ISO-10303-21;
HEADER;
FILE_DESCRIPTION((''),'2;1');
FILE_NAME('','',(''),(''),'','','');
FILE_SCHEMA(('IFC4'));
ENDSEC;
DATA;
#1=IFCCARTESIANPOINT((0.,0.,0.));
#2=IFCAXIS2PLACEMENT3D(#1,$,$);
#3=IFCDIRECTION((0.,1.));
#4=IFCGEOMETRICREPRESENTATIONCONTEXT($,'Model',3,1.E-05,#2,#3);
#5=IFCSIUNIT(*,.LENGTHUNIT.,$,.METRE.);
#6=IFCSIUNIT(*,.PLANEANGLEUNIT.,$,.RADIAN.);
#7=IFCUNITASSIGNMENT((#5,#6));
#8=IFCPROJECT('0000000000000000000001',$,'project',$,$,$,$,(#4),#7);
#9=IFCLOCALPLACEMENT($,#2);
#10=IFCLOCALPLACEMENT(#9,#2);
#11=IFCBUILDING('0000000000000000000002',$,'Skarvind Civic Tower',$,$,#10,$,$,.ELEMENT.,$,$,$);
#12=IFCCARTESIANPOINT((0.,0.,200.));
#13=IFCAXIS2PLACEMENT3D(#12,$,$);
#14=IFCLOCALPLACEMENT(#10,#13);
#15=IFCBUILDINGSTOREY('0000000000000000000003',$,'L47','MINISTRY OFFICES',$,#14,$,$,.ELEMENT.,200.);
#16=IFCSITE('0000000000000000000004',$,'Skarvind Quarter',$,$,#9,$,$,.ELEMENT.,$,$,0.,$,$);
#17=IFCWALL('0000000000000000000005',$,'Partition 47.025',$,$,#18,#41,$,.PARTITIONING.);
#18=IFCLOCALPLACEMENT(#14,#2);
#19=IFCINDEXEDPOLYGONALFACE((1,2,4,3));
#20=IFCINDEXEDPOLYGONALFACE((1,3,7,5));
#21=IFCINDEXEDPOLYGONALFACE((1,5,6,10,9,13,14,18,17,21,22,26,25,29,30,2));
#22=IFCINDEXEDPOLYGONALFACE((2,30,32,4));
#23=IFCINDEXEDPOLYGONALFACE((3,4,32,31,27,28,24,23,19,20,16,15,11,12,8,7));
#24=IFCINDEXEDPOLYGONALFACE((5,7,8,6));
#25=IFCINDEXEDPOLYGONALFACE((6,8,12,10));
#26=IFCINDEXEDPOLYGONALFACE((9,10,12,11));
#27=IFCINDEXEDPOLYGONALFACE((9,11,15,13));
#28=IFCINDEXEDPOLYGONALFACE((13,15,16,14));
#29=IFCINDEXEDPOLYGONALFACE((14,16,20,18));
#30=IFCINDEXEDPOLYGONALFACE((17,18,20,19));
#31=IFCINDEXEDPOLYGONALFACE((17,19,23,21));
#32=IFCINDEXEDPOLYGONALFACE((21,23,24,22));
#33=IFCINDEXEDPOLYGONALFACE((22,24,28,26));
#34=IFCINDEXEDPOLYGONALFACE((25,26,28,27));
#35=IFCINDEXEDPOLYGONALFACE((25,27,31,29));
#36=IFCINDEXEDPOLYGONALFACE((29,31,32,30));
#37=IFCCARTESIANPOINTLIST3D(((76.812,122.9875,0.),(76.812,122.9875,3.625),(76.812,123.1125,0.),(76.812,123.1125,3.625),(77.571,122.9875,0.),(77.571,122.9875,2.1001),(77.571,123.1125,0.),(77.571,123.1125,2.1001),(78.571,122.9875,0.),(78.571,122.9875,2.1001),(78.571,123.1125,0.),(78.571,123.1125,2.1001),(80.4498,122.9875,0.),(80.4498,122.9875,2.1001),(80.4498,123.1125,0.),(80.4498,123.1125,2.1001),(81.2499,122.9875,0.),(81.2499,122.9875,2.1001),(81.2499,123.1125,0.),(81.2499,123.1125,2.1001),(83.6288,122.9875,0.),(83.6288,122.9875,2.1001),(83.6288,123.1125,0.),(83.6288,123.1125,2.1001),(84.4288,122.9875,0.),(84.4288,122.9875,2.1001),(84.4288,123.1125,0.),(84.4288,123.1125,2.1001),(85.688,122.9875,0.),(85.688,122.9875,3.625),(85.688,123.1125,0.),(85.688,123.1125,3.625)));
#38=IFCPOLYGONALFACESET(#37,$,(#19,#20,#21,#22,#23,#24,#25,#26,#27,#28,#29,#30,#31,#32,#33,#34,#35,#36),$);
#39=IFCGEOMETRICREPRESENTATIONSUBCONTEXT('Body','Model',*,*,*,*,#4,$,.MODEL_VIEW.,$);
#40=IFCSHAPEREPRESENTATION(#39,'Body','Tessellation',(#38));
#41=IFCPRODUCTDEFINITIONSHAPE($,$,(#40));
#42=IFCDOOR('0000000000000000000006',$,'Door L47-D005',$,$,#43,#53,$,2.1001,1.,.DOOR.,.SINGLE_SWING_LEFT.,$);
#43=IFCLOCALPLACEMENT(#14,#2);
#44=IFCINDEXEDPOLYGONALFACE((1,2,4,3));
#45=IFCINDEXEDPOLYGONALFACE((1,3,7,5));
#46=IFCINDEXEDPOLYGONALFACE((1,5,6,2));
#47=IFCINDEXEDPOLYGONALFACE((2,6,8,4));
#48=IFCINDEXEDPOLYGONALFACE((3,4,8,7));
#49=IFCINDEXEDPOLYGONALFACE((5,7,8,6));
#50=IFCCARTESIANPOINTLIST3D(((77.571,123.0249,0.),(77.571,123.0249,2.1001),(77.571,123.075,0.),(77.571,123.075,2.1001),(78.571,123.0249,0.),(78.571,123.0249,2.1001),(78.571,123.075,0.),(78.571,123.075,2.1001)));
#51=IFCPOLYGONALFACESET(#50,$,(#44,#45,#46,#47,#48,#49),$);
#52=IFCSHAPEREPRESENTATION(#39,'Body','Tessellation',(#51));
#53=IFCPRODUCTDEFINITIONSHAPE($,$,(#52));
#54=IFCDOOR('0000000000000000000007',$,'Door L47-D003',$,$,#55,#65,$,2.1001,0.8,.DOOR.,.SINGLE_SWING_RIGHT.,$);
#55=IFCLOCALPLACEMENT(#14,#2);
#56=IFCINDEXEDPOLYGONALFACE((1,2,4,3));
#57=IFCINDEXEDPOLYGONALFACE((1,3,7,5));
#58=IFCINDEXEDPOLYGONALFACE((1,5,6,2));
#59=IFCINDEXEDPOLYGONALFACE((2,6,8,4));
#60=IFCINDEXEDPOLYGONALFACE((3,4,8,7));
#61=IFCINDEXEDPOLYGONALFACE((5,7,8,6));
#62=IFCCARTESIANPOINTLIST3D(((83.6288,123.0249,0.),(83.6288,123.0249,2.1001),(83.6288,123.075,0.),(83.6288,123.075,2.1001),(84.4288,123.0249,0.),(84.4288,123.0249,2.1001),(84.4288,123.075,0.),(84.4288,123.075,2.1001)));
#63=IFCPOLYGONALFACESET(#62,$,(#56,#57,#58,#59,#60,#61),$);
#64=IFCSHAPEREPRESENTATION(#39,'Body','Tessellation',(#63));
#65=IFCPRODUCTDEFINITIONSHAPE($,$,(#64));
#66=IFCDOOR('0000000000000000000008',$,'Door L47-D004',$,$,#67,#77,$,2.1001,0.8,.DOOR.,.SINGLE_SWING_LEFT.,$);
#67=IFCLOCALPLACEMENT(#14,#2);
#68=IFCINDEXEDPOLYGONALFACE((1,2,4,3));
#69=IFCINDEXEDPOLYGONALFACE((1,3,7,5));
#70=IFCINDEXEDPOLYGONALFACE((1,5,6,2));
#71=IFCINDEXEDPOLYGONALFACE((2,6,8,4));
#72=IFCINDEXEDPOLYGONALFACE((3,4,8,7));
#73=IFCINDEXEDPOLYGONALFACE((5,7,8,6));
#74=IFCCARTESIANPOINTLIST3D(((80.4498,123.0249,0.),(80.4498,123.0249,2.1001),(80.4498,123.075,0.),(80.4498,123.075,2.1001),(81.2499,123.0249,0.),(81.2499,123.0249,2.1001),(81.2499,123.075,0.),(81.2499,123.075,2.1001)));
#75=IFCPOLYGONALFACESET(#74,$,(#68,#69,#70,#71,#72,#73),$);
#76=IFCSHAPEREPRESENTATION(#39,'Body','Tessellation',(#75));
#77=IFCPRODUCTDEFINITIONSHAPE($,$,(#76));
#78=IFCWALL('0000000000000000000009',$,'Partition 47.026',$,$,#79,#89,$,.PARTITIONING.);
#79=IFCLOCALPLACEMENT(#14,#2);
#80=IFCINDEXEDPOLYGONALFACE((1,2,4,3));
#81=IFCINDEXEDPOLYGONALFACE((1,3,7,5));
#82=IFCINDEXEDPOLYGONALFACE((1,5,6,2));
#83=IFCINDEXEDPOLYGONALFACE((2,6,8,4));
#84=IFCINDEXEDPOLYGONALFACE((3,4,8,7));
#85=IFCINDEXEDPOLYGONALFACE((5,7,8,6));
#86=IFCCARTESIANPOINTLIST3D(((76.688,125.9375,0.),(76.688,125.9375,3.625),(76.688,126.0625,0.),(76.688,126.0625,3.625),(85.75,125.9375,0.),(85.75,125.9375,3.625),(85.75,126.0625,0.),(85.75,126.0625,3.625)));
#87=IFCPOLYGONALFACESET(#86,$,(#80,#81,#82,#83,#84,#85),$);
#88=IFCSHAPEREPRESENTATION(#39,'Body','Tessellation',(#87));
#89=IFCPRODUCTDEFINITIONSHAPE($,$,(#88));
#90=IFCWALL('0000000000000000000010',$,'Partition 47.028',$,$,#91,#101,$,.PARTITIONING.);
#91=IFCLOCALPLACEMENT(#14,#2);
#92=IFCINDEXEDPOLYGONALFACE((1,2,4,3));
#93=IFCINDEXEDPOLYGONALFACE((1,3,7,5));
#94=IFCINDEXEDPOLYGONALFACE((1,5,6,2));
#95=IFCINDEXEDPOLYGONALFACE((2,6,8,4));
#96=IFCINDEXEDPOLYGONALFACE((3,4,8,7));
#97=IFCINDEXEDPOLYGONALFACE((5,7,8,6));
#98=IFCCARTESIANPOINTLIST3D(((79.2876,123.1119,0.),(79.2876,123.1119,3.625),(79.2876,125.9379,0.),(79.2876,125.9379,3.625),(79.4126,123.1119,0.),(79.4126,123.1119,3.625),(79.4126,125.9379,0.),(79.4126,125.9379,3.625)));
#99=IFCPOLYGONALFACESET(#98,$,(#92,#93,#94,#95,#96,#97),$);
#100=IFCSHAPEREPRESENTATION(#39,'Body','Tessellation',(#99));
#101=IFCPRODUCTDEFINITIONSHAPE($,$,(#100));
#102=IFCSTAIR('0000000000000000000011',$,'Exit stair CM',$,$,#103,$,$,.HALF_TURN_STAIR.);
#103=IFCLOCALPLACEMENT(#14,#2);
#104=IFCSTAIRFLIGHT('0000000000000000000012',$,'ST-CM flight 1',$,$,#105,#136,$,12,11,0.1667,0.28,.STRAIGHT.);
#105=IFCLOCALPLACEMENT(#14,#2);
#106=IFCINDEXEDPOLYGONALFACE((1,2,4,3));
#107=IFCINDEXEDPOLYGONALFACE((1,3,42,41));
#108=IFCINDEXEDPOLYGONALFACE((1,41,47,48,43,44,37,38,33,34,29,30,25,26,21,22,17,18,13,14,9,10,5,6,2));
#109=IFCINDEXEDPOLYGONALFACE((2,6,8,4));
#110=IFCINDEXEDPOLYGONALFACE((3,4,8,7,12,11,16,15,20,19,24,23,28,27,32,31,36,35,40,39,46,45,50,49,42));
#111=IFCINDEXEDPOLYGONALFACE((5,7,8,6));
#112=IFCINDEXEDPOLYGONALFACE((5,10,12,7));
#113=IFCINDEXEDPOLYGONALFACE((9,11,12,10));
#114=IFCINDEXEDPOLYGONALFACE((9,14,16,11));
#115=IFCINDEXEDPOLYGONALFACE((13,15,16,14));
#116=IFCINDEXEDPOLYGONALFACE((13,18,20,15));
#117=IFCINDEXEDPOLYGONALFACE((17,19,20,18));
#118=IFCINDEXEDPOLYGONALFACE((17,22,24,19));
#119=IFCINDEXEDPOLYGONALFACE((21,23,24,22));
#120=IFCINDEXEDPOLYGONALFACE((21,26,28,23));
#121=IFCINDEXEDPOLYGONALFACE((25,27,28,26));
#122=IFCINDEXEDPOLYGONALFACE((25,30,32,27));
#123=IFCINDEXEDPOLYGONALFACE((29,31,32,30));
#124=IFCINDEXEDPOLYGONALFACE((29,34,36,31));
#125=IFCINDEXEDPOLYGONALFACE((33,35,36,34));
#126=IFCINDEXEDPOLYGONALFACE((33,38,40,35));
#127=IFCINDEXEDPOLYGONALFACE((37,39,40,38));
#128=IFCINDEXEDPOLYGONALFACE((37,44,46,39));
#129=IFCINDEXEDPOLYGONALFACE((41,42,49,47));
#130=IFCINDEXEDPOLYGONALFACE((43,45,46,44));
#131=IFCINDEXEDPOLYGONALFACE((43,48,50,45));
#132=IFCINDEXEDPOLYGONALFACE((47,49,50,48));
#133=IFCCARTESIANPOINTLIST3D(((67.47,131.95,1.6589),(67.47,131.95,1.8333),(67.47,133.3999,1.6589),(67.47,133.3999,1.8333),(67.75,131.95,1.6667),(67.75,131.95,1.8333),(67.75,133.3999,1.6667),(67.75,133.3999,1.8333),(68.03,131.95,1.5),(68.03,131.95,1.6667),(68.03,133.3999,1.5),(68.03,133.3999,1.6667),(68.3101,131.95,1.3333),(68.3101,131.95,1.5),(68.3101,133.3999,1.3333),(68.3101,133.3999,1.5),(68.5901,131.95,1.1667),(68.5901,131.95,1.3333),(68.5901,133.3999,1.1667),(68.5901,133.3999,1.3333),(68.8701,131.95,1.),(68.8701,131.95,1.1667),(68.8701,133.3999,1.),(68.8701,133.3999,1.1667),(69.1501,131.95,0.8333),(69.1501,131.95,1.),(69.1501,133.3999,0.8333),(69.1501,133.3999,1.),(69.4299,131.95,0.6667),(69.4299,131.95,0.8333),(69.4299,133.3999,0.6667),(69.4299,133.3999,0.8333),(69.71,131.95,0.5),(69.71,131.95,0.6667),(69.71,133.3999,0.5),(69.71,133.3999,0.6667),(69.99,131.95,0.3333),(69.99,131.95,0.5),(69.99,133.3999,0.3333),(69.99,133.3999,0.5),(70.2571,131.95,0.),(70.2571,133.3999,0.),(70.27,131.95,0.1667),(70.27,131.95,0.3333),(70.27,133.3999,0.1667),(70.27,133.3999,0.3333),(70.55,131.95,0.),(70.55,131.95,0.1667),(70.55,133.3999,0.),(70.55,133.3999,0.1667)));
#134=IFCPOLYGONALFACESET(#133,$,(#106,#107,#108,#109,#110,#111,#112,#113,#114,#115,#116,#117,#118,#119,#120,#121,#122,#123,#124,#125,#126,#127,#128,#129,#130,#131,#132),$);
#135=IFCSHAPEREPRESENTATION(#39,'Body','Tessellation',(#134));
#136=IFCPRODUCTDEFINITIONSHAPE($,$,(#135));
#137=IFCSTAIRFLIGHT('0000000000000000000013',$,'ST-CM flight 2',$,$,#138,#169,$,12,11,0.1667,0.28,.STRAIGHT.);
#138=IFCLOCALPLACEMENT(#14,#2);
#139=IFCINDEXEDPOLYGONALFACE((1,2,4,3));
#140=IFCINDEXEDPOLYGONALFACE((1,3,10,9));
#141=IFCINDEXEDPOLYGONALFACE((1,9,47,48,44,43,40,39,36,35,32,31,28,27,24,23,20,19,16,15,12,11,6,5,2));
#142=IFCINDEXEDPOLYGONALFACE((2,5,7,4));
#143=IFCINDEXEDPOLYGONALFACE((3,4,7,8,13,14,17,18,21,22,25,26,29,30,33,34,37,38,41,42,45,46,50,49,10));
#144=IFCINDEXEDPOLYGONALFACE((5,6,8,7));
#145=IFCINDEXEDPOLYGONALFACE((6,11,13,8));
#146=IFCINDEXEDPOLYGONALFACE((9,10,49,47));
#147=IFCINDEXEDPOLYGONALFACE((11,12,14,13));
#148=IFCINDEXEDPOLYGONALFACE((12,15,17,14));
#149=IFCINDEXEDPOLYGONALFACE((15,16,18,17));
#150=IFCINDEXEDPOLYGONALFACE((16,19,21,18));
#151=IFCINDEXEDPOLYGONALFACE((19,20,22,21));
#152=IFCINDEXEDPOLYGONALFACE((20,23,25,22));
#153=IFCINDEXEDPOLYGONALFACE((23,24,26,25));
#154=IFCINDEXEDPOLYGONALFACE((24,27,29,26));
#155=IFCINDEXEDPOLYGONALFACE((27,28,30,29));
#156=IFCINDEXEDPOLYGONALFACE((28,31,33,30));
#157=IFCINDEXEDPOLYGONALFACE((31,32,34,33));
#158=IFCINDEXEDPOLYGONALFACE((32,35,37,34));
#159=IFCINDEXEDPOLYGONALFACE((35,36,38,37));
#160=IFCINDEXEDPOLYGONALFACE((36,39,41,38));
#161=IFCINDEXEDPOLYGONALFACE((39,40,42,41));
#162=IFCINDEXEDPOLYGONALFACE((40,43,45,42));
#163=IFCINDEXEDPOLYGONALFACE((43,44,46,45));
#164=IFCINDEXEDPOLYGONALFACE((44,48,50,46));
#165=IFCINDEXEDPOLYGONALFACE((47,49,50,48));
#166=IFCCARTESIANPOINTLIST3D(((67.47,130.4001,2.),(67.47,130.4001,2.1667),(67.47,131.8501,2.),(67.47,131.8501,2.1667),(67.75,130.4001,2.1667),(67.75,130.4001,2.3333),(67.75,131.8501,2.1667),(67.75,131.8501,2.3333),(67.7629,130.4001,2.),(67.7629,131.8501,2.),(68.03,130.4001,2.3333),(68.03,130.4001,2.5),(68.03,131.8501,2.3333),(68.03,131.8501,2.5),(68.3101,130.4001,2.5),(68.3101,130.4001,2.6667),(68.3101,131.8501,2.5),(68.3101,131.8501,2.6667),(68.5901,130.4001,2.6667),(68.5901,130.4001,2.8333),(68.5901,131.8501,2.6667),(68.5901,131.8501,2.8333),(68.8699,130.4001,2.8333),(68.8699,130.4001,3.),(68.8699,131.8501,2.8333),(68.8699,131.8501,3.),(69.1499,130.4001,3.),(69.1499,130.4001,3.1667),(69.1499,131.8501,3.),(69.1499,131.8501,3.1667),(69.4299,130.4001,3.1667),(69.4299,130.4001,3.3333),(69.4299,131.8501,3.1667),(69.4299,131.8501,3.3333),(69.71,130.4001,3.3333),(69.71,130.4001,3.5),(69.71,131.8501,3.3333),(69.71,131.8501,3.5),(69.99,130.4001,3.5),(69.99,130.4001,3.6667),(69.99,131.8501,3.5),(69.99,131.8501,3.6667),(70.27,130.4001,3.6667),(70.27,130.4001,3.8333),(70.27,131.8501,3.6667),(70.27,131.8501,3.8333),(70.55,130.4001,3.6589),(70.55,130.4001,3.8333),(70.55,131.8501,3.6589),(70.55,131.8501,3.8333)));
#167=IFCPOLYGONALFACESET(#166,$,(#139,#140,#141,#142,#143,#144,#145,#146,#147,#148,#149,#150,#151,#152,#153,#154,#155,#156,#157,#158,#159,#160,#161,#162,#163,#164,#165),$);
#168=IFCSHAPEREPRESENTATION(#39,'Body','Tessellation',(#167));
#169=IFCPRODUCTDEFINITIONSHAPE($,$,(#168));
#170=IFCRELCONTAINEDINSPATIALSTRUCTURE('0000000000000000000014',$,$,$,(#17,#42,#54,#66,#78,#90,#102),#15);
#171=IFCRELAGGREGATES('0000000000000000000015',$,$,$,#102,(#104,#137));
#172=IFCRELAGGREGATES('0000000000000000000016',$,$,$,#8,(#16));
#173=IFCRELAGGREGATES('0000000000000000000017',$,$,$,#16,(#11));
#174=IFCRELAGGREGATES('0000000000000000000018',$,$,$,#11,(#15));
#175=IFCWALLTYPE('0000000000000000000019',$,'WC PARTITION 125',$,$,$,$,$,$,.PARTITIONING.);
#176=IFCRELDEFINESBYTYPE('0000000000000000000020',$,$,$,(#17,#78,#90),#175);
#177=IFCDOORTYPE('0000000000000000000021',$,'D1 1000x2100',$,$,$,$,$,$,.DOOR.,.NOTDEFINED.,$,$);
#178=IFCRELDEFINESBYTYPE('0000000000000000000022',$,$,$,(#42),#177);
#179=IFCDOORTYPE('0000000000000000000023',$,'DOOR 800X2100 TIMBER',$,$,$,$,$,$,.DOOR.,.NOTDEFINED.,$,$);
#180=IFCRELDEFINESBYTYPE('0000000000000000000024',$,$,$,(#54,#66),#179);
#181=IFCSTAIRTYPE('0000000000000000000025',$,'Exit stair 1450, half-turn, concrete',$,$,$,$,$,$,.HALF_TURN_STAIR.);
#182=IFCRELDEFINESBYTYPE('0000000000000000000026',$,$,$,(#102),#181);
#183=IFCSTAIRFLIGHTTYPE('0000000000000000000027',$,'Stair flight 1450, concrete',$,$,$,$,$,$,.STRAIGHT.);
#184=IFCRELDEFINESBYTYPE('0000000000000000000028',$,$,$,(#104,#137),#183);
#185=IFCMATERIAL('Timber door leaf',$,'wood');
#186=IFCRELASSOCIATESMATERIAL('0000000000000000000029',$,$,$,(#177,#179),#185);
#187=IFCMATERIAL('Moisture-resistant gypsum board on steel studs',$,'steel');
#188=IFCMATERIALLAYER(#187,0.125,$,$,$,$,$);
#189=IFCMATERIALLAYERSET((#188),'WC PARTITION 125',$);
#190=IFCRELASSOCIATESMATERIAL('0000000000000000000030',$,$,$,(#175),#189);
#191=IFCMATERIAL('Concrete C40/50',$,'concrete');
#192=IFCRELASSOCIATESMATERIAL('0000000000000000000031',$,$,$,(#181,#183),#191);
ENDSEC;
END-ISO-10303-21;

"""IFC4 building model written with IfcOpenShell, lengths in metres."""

from ifc_helpers import new_model, si_unit, direction, frame, frame_2d, origin, place, context, subcontext, project, spatial, polyline, rectangle, outline, extrude, material, layer, layer_set, type_object, element, fill, aggregate, save


model = new_model("IFC4")

# Units and contexts
model_context = context("Model", 3, precision=1e-05, world=origin(), true_north=direction((0.0, 1.0)))
body_context = subcontext(model_context, "Body", "Model", "MODEL_VIEW")
ifc_project = project(units=[si_unit("LENGTHUNIT", "METRE"), si_unit("PLANEANGLEUNIT", "RADIAN")], contexts=[model_context])

# Site, building, storey
site_placement = place(None, origin())
site = spatial("IfcSite", under=ifc_project, at=site_placement, Name="Skarvind Quarter", CompositionType="ELEMENT", RefElevation=0.0)
building_placement = place(site_placement, origin())
building = spatial("IfcBuilding", under=site, at=building_placement, Name="Skarvind Civic Tower", CompositionType="ELEMENT")
storey_placement = place(building_placement, frame((0.0, 0.0, 200.0)))
storey = spatial("IfcBuildingStorey", under=building, at=storey_placement, Name="L47", Description="MINISTRY OFFICES", CompositionType="ELEMENT", Elevation=200.0)

# Shared definitions
ifc_material_1 = material(Name="Timber door leaf", Category="wood")
door_type_1 = type_object("IfcDoorType", Name="D1 1000x2100", OperationType="NOTDEFINED", PredefinedType="DOOR", material=ifc_material_1)

# Shared definitions
ifc_material_2 = material(Name="Moisture-resistant gypsum board on steel studs", Category="steel")
ifc_layer_1 = layer(ifc_material_2, 0.125)
ifc_layer_set_1 = layer_set([ifc_layer_1], Name="WC PARTITION 125")
wall_type_1 = type_object("IfcWallType", Name="WC PARTITION 125", PredefinedType="PARTITIONING", material=ifc_layer_set_1)

# Wall, openings, doors
wall_1_placement = place(storey_placement, frame((76.812, 123.05, 0.0), z_axis=(0.0, 0.0, 1.0), x_axis=(1.0, 0.0, 0.0)))
wall_1 = element("IfcWall", 1, at=wall_1_placement, inside=storey, type_object=wall_type_1, Name="Partition 47.025", PredefinedType="PARTITIONING", context=body_context, shape_type="SweptSolid", body=[
    extrude(rectangle(XDim=8.876, YDim=0.125, at=frame_2d((4.438, 0.0))), origin(), (0.0, 0.0, 1.0), 3.625),
])
opening_1_placement = place(wall_1_placement, frame((6.8169, 0.0, 0.0)))
opening_1 = element("IfcOpeningElement", 2, at=opening_1_placement, cuts=wall_1, PredefinedType="OPENING", context=body_context, shape_type="SweptSolid", body=[
    extrude(rectangle(XDim=0.8, YDim=2.1001, at=frame_2d((0.3999, 1.05))), frame((0.0, 0.0725, 0.0), z_axis=(0.0, -1.0, 0.0), x_axis=(1.0, 0.0, 0.0)), (0.0, 0.0, 1.0), 0.145),
])
opening_2_placement = place(wall_1_placement, frame((3.6379, 0.0, 0.0)))
opening_2 = element("IfcOpeningElement", 3, at=opening_2_placement, cuts=wall_1, PredefinedType="OPENING", context=body_context, shape_type="SweptSolid", body=[
    extrude(rectangle(XDim=0.8, YDim=2.1001, at=frame_2d((0.3999, 1.05))), frame((0.0, 0.0725, 0.0), z_axis=(0.0, -1.0, 0.0), x_axis=(1.0, 0.0, 0.0)), (0.0, 0.0, 1.0), 0.145),
])
opening_3_placement = place(wall_1_placement, frame((0.759, 0.0, 0.0)))
opening_3 = element("IfcOpeningElement", 4, at=opening_3_placement, cuts=wall_1, PredefinedType="OPENING", context=body_context, shape_type="SweptSolid", body=[
    extrude(rectangle(XDim=1.0, YDim=2.1001, at=frame_2d((0.5, 1.05))), frame((0.0, 0.0725, 0.0), z_axis=(0.0, -1.0, 0.0), x_axis=(1.0, 0.0, 0.0)), (0.0, 0.0, 1.0), 0.145),
])
door_1_placement = place(opening_3_placement, origin())
door_1 = element("IfcDoor", 5, at=door_1_placement, inside=storey, type_object=door_type_1, Name="Door L47-D005", OperationType="SINGLE_SWING_LEFT", OverallHeight=2.1001, OverallWidth=1.0, PredefinedType="DOOR", context=body_context, shape_type="SweptSolid", body=[
    extrude(rectangle(XDim=1.0, YDim=2.1001, at=frame_2d((0.5, 1.05))), frame((0.0, 0.0249, 0.0), z_axis=(0.0, -1.0, 0.0), x_axis=(1.0, 0.0, 0.0)), (0.0, 0.0, 1.0), 0.05),
])
fill(opening_3, door_1)
door_type_2 = type_object("IfcDoorType", Name="DOOR 800X2100 TIMBER", OperationType="NOTDEFINED", PredefinedType="DOOR", material=ifc_material_1)
door_2_placement = place(opening_1_placement, origin())
door_2 = element("IfcDoor", 6, at=door_2_placement, inside=storey, type_object=door_type_2, Name="Door L47-D003", OperationType="SINGLE_SWING_RIGHT", OverallHeight=2.1001, OverallWidth=0.8, PredefinedType="DOOR", context=body_context, shape_type="SweptSolid", body=[
    extrude(rectangle(XDim=0.8, YDim=2.1001, at=frame_2d((0.3999, 1.05))), frame((0.0, 0.0249, 0.0), z_axis=(0.0, -1.0, 0.0), x_axis=(1.0, 0.0, 0.0)), (0.0, 0.0, 1.0), 0.05),
])
fill(opening_1, door_2)
door_3_placement = place(opening_2_placement, origin())
door_3 = element("IfcDoor", 7, at=door_3_placement, inside=storey, type_object=door_type_2, Name="Door L47-D004", OperationType="SINGLE_SWING_LEFT", OverallHeight=2.1001, OverallWidth=0.8, PredefinedType="DOOR", context=body_context, shape_type="SweptSolid", body=[
    extrude(rectangle(XDim=0.8, YDim=2.1001, at=frame_2d((0.3999, 1.05))), frame((0.0, 0.0249, 0.0), z_axis=(0.0, -1.0, 0.0), x_axis=(1.0, 0.0, 0.0)), (0.0, 0.0, 1.0), 0.05),
])
fill(opening_2, door_3)

# Walls
wall_2_placement = place(storey_placement, frame((76.688, 126.0, 0.0), z_axis=(0.0, 0.0, 1.0), x_axis=(1.0, 0.0, 0.0)))
element("IfcWall", 8, at=wall_2_placement, inside=storey, type_object=wall_type_1, Name="Partition 47.026", PredefinedType="PARTITIONING", context=body_context, shape_type="SweptSolid", body=[
    extrude(rectangle(XDim=9.062, YDim=0.125, at=frame_2d((4.531, 0.0))), origin(), (0.0, 0.0, 1.0), 3.625),
])
wall_3_placement = place(storey_placement, frame((79.3501, 125.938, 0.0), z_axis=(0.0, 0.0, 1.0), x_axis=(0.0, -1.0, 0.0)))
element("IfcWall", 9, at=wall_3_placement, inside=storey, type_object=wall_type_1, Name="Partition 47.028", PredefinedType="PARTITIONING", context=body_context, shape_type="SweptSolid", body=[
    extrude(rectangle(XDim=2.8259, YDim=0.125, at=frame_2d((1.4131, 0.0))), origin(), (0.0, 0.0, 1.0), 3.625),
])

# Stair, stair flights
ifc_material_3 = material(Name="Concrete C40/50", Category="concrete")
stair_type = type_object("IfcStairType", Name="Exit stair 1450, half-turn, concrete", PredefinedType="HALF_TURN_STAIR", material=ifc_material_3)
stair_placement = place(storey_placement, origin())
stair = element("IfcStair", 10, at=stair_placement, inside=storey, type_object=stair_type, Name="Exit stair CM", PredefinedType="HALF_TURN_STAIR")
stair_flight_type = type_object("IfcStairFlightType", Name="Stair flight 1450, concrete", PredefinedType="STRAIGHT", material=ifc_material_3)
stair_flight_1_placement = place(storey_placement, frame((70.55, 132.675, 0.0), z_axis=(0.0, 0.0, 1.0), x_axis=(-1.0, 0.0, 0.0)))
stair_flight_1 = element("IfcStairFlight", 11, at=stair_flight_1_placement, type_object=stair_flight_type, Name="ST-CM flight 1", NumberOfRisers=12, NumberOfTreads=11, PredefinedType="STRAIGHT", RiserHeight=0.1667, TreadLength=0.28, context=body_context, shape_type="SweptSolid", body=[
    extrude(outline(polyline([(0.0, 0.0), (0.0, 0.1667), (0.28, 0.1667), (0.28, 0.3333), (0.5601, 0.3333), (0.5601, 0.5), (0.8401, 0.5), (0.8401, 0.6667), (1.1201, 0.6667), (1.1201, 0.8333), (1.3999, 0.8333), (1.3999, 1.0), (1.6799, 1.0), (1.6799, 1.1667), (1.96, 1.1667), (1.96, 1.3333), (2.24, 1.3333), (2.24, 1.5), (2.52, 1.5), (2.52, 1.6667), (2.8, 1.6667), (2.8, 1.8333), (3.0801, 1.8333), (3.0801, 2.0), (3.0801, 1.6589), (0.293, 0.0), (0.0, 0.0)])), frame((0.0, 0.7251, 0.0), z_axis=(0.0, -1.0, 0.0), x_axis=(1.0, 0.0, 0.0)), (0.0, 0.0, 1.0), 1.45),
])
stair_flight_2_placement = place(storey_placement, frame((67.47, 131.125, 2.0), z_axis=(0.0, 0.0, 1.0), x_axis=(1.0, 0.0, 0.0)))
stair_flight_2 = element("IfcStairFlight", 12, at=stair_flight_2_placement, type_object=stair_flight_type, Name="ST-CM flight 2", NumberOfRisers=12, NumberOfTreads=11, PredefinedType="STRAIGHT", RiserHeight=0.1667, TreadLength=0.28, context=body_context, shape_type="SweptSolid", body=[
    extrude(outline(polyline([(0.0, 0.0), (0.0, 0.1667), (0.28, 0.1667), (0.28, 0.3333), (0.5601, 0.3333), (0.5601, 0.5), (0.8401, 0.5), (0.8401, 0.6667), (1.1201, 0.6667), (1.1201, 0.8333), (1.3999, 0.8333), (1.3999, 1.0), (1.6799, 1.0), (1.6799, 1.1667), (1.96, 1.1667), (1.96, 1.3333), (2.24, 1.3333), (2.24, 1.5), (2.52, 1.5), (2.52, 1.6667), (2.8, 1.6667), (2.8, 1.8333), (3.0801, 1.8333), (3.0801, 2.0), (3.0801, 1.6589), (0.293, 0.0), (0.0, 0.0)])), frame((0.0, 0.7251, 0.0), z_axis=(0.0, -1.0, 0.0), x_axis=(1.0, 0.0, 0.0)), (0.0, 0.0, 1.0), 1.45),
])
aggregate(stair, [stair_flight_1, stair_flight_2])

save(model, "model.ifc")
